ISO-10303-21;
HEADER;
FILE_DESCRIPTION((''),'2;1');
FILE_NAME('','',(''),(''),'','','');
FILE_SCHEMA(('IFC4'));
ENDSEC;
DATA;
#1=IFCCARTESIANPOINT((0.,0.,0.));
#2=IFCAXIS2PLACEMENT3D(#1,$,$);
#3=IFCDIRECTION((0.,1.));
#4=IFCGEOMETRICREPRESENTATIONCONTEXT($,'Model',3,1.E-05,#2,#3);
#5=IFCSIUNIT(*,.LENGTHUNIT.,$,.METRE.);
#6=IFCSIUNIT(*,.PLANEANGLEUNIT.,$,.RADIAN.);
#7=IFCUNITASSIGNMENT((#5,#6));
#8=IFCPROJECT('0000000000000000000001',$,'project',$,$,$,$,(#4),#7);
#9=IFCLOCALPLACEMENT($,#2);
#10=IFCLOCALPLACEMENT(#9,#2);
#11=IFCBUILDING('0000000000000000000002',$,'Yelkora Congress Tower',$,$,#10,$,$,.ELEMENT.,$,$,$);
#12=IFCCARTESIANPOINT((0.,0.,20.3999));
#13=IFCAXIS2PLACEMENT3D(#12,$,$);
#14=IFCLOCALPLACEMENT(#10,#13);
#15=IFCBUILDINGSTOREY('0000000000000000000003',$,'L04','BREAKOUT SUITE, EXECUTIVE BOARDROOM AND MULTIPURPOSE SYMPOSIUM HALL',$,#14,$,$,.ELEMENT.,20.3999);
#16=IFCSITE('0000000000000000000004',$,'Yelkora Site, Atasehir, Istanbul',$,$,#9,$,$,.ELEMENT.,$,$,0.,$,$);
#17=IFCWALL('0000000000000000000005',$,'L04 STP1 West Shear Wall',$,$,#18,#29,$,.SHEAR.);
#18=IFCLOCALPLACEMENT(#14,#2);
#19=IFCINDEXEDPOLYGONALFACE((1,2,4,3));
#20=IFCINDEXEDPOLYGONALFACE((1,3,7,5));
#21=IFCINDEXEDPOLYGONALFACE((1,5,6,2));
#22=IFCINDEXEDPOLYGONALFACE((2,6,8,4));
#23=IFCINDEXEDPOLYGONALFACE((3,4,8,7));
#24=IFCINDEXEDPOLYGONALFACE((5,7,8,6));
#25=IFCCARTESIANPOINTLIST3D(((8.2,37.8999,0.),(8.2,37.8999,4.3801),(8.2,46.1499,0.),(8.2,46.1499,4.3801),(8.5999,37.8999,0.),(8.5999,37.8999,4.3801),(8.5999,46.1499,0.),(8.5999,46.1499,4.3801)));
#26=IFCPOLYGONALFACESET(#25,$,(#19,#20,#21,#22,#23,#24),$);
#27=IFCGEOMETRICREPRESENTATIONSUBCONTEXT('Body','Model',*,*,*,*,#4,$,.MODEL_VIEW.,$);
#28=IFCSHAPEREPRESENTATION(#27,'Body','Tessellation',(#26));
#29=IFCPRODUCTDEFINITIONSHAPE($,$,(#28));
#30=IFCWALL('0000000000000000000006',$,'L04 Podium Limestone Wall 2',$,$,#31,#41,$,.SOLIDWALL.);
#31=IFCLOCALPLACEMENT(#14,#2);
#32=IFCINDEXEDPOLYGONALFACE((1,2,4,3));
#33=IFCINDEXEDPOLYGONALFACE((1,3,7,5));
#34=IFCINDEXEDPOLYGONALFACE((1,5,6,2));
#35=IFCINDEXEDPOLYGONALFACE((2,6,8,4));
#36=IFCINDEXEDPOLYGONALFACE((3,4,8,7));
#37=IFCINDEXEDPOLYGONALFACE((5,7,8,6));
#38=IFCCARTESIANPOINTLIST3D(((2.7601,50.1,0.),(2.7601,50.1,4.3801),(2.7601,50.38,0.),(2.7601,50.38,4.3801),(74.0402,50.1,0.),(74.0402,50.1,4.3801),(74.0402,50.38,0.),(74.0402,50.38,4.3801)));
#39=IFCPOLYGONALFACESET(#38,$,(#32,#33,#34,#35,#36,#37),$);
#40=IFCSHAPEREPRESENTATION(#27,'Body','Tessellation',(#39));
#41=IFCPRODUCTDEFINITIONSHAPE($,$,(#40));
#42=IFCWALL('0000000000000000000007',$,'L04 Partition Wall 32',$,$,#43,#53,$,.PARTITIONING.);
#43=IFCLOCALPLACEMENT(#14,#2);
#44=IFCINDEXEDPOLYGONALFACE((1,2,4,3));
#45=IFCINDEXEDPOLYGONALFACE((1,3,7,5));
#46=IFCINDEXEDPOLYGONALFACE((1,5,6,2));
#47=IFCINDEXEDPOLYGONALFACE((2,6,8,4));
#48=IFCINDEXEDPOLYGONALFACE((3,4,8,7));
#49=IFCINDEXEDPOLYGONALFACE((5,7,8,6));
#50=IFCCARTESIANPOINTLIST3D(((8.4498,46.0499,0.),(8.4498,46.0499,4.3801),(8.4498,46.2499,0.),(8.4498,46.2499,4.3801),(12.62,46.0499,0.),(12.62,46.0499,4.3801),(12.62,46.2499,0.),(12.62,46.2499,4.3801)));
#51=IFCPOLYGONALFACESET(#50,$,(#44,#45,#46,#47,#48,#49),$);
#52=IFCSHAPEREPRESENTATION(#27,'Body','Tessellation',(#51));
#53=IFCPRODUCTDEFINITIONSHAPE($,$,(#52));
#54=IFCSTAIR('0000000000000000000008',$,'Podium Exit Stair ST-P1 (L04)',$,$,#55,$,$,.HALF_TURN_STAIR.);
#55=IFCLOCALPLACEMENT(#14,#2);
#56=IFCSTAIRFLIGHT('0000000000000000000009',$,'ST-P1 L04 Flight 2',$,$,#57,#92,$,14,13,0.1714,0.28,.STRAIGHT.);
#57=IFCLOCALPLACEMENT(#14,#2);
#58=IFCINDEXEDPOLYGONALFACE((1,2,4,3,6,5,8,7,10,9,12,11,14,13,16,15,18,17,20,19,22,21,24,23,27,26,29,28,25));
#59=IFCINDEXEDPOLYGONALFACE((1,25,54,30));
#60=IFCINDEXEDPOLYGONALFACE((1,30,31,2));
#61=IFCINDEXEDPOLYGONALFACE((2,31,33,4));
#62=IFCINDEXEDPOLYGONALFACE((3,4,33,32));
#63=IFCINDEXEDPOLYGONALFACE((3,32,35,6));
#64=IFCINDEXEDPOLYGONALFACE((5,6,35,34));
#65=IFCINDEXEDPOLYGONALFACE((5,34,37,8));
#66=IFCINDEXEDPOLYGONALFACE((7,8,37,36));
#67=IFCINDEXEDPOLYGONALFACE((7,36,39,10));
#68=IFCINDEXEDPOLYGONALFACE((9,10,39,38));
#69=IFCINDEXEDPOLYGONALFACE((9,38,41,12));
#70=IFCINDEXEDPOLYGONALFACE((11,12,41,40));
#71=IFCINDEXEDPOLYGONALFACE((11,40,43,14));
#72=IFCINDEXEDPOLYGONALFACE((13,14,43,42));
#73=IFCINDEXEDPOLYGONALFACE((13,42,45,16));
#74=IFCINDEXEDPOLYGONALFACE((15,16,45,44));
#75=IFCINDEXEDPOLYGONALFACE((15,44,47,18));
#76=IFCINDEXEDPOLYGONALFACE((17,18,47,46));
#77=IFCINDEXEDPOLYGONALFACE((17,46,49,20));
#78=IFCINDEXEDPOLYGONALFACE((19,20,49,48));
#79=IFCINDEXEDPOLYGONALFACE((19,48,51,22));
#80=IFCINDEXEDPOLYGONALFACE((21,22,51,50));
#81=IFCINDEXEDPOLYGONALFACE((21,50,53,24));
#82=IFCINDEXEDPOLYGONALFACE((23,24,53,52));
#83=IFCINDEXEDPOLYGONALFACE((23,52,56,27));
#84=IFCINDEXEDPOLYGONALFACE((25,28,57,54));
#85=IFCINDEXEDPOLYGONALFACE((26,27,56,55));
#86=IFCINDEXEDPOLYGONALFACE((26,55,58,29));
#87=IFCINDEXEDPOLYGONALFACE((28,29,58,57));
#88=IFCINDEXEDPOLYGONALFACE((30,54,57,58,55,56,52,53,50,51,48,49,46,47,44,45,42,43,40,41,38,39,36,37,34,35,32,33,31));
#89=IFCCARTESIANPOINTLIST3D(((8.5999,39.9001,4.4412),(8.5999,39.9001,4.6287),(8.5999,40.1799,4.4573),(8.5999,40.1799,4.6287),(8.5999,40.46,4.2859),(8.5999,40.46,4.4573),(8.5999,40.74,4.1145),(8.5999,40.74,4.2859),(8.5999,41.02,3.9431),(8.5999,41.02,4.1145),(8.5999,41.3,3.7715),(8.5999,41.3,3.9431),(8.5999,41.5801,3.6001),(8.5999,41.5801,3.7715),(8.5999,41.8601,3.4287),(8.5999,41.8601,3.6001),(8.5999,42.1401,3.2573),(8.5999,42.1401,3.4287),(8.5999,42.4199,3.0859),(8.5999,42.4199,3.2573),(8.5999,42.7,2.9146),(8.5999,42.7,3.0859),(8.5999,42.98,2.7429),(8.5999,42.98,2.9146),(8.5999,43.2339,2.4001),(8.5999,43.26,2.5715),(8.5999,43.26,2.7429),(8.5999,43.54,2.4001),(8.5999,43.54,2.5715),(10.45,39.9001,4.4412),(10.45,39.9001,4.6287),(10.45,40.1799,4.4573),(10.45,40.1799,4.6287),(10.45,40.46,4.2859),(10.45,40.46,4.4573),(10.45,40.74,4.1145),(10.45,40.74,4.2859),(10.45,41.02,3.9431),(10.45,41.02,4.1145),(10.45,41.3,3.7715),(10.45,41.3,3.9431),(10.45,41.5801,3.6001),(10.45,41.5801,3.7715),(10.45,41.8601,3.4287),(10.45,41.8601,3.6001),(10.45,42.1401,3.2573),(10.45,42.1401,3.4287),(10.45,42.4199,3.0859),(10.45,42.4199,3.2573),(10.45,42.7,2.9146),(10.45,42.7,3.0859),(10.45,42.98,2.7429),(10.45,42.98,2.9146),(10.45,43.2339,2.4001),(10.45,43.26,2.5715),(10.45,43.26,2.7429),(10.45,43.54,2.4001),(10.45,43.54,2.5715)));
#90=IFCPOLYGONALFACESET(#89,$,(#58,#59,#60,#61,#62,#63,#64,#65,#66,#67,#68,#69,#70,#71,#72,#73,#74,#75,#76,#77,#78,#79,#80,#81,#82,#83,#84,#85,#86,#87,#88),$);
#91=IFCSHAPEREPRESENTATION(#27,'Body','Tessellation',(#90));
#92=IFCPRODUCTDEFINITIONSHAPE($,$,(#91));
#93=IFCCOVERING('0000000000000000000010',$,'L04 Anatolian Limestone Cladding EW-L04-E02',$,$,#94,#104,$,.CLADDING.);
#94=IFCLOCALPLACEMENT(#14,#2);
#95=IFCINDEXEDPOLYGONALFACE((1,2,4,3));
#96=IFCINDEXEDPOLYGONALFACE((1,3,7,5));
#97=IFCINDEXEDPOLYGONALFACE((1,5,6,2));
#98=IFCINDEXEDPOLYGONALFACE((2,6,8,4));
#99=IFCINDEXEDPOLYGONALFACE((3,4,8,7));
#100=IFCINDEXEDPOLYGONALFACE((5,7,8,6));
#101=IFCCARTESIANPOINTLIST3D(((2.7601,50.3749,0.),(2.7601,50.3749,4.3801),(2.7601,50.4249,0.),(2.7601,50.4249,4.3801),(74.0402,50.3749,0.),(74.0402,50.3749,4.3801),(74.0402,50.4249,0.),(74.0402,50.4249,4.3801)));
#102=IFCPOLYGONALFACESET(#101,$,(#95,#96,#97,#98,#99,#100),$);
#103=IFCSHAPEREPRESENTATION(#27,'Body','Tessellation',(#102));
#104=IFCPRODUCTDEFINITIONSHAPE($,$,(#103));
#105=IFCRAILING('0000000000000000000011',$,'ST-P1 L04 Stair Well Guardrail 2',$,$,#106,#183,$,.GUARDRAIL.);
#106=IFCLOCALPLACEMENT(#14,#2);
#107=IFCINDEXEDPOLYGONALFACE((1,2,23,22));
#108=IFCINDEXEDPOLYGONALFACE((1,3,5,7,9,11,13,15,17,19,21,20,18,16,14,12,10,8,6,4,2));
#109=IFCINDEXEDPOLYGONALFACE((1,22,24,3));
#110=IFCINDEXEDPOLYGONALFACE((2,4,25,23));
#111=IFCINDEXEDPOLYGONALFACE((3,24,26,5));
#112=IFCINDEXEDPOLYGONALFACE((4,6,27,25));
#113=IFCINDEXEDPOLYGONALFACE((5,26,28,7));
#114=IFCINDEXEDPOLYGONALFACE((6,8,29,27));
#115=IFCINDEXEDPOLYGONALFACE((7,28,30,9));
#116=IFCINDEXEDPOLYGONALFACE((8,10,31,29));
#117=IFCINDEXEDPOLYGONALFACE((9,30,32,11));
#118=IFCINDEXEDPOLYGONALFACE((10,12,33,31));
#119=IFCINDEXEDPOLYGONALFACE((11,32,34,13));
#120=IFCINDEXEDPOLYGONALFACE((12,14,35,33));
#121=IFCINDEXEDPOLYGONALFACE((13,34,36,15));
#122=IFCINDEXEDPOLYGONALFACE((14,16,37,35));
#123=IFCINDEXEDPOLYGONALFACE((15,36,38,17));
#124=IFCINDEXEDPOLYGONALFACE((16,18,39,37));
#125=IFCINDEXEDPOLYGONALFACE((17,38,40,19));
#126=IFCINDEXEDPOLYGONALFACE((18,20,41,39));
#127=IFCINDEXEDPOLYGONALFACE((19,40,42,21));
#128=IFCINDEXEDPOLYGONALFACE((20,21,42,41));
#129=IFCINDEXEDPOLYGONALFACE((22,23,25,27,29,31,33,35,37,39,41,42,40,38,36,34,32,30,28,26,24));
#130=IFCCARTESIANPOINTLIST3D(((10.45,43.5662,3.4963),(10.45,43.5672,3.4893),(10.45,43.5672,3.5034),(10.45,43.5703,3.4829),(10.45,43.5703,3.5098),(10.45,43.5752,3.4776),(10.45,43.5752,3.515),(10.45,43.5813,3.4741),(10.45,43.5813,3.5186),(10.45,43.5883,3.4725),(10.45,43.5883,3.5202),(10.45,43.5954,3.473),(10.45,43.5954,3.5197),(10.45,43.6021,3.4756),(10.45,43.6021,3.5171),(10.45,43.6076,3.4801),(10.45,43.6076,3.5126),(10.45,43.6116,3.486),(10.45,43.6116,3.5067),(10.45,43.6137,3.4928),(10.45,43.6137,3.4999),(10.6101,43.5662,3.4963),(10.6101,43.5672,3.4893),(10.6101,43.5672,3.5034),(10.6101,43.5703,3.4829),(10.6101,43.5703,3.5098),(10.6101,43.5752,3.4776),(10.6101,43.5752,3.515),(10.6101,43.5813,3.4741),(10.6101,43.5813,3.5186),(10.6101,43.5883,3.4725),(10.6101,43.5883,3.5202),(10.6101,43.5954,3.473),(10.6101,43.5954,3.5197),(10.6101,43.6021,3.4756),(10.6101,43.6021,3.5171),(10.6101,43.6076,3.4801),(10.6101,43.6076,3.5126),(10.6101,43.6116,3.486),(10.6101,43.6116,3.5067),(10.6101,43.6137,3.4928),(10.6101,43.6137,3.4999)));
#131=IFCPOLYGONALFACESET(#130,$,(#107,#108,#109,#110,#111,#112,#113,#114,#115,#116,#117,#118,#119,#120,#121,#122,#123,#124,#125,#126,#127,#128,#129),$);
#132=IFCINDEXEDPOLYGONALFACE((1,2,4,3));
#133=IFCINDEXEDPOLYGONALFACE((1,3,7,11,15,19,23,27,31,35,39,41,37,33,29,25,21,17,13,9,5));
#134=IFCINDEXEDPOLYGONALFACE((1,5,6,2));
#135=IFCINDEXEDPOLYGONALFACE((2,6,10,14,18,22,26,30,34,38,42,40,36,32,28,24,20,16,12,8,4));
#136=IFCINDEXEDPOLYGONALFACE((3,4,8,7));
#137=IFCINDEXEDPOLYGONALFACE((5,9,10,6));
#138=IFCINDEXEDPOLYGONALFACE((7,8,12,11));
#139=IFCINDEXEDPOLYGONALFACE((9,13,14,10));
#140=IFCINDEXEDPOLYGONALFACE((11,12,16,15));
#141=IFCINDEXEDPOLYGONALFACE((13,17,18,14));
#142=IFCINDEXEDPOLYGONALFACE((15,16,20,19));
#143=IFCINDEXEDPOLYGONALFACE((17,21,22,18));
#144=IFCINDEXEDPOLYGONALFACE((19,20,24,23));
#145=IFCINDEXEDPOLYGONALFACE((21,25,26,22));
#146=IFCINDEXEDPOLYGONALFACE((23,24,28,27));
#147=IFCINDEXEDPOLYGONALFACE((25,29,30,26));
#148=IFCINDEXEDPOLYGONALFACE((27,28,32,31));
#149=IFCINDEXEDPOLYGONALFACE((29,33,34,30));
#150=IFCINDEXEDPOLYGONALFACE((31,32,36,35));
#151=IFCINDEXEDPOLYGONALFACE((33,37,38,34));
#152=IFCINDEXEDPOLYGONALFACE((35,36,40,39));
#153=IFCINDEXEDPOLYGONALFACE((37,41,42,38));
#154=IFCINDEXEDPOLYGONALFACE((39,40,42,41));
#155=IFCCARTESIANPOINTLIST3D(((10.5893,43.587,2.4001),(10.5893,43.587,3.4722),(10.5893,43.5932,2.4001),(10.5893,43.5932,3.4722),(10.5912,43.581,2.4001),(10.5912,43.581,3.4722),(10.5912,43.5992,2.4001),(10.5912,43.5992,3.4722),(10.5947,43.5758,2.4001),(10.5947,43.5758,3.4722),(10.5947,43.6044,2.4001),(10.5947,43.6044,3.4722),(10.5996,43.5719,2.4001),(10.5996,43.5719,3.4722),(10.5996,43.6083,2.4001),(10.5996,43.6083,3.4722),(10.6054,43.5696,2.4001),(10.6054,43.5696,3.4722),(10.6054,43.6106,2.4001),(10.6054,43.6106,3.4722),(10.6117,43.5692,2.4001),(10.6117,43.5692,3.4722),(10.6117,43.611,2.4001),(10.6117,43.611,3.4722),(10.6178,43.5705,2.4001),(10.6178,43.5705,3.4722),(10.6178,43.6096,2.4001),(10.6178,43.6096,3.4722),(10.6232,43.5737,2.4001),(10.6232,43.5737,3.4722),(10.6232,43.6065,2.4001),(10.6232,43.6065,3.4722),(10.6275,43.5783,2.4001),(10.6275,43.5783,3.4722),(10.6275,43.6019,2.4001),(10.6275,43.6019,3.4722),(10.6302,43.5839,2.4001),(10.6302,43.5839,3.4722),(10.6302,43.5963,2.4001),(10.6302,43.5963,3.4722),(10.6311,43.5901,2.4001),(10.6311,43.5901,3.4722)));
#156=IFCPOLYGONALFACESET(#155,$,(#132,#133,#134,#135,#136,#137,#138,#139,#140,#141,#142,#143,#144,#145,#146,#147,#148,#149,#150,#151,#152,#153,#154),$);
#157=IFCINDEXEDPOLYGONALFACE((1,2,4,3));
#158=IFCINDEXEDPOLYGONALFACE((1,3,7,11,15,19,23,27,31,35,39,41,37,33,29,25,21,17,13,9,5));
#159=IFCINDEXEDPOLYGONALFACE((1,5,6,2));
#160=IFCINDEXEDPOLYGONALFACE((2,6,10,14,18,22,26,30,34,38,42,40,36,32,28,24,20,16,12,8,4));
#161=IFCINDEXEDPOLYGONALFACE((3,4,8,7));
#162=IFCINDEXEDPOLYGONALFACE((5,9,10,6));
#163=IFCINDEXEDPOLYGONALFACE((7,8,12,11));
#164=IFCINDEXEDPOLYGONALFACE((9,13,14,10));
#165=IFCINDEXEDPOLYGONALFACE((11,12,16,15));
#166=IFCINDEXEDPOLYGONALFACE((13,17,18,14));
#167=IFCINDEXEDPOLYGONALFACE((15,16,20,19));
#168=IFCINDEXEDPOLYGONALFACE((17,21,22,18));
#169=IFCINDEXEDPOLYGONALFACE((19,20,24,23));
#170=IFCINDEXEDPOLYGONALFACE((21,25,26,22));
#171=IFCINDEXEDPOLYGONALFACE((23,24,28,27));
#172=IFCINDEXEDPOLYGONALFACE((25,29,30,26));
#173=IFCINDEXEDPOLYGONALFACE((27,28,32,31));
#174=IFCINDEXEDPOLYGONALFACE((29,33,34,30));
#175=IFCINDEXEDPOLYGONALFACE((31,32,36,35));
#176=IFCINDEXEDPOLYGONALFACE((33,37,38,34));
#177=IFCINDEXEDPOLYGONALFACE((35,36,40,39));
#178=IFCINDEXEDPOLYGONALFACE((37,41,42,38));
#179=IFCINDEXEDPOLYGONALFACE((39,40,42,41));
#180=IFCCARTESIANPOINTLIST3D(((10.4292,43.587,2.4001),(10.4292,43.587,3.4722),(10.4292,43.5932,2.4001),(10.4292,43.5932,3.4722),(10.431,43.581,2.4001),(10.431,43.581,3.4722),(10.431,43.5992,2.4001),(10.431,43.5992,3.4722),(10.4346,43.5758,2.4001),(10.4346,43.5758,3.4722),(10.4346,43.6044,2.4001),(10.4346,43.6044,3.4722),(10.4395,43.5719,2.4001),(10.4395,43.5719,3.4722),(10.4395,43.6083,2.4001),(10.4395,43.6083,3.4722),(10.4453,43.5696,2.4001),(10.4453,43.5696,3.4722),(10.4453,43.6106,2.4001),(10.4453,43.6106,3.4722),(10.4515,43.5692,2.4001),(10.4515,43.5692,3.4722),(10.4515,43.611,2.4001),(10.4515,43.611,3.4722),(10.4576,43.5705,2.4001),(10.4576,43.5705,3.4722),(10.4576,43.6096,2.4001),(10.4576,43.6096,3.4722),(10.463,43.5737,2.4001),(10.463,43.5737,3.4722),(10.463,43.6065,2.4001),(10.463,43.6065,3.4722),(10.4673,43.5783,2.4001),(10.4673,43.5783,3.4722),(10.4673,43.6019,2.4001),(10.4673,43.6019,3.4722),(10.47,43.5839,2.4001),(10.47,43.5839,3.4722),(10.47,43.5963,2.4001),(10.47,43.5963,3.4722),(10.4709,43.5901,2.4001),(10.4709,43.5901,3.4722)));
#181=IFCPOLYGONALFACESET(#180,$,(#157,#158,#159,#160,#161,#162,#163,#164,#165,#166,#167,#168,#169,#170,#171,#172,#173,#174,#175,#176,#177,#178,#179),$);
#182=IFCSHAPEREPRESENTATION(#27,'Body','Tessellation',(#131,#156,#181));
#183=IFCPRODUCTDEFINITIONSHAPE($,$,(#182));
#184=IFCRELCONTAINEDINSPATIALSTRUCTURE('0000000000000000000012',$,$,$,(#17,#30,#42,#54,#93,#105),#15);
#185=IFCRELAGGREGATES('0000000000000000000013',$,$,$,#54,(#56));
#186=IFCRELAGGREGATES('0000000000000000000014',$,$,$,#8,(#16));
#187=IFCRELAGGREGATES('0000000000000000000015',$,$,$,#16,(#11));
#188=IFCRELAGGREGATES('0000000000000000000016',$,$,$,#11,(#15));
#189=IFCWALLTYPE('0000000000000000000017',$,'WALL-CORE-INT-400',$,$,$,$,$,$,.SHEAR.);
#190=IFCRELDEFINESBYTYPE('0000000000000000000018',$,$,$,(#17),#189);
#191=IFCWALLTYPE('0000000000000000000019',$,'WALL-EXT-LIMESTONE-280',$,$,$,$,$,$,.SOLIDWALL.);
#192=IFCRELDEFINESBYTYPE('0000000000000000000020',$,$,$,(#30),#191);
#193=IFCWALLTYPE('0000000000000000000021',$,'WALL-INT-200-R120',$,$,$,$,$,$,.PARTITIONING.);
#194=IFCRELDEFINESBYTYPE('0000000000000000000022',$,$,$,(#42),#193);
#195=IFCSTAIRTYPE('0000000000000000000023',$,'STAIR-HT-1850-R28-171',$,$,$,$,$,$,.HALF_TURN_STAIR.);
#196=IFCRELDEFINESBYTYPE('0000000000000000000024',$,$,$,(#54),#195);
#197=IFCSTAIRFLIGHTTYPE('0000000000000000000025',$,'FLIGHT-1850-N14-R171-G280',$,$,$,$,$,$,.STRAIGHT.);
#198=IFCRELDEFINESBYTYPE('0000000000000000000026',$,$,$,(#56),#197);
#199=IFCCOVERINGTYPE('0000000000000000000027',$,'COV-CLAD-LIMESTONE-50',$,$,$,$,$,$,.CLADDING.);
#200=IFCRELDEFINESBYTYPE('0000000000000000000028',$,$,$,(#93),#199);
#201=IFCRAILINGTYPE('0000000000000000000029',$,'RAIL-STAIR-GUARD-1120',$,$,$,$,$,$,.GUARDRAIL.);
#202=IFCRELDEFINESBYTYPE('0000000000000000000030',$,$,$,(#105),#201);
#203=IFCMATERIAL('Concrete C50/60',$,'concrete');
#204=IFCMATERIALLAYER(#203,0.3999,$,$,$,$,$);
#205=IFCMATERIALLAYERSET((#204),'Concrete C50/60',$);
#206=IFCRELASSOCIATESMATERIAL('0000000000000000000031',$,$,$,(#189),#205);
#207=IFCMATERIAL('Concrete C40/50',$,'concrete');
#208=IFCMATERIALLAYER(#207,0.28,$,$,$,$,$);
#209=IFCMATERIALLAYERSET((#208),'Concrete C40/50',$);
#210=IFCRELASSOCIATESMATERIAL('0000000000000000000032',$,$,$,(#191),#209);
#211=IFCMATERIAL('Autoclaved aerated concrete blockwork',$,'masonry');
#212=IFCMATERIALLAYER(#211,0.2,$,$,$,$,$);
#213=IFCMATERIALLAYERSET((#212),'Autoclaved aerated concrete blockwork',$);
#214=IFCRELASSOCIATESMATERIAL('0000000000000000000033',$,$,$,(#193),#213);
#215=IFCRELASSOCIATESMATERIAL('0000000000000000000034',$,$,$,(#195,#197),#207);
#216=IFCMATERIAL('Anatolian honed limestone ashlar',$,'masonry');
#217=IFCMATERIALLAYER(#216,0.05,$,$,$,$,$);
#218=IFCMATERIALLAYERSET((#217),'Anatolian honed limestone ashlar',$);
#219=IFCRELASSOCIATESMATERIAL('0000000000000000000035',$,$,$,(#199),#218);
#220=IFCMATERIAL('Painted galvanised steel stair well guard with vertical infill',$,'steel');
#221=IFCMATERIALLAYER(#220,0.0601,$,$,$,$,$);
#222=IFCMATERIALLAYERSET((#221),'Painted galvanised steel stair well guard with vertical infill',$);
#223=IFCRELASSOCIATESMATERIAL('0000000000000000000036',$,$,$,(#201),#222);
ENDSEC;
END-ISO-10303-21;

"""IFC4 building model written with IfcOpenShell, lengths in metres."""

from ifc_helpers import new_model, si_unit, direction, frame, frame_2d, origin, origin_2d, place, context, subcontext, project, spatial, polyline, rectangle, circle, outline, extrude, material, layer, layer_set, type_object, element, aggregate, save


model = new_model("IFC4")

# Units and contexts
model_context = context("Model", 3, precision=1e-05, world=origin(), true_north=direction((0.0, 1.0)))
body_context = subcontext(model_context, "Body", "Model", "MODEL_VIEW")
ifc_project = project(units=[si_unit("LENGTHUNIT", "METRE"), si_unit("PLANEANGLEUNIT", "RADIAN")], contexts=[model_context])

# Site, building, storey
site_placement = place(None, origin())
site = spatial("IfcSite", under=ifc_project, at=site_placement, Name="Yelkora Site, Atasehir, Istanbul", CompositionType="ELEMENT", RefElevation=0.0)
building_placement = place(site_placement, origin())
building = spatial("IfcBuilding", under=site, at=building_placement, Name="Yelkora Congress Tower", CompositionType="ELEMENT")
storey_placement = place(building_placement, frame((0.0, 0.0, 20.3999)))
storey = spatial("IfcBuildingStorey", under=building, at=storey_placement, Name="L04", Description="BREAKOUT SUITE, EXECUTIVE BOARDROOM AND MULTIPURPOSE SYMPOSIUM HALL", CompositionType="ELEMENT", Elevation=20.3999)

# Shared definitions
ifc_material_1 = material(Name="Concrete C50/60", Category="concrete")

# Walls
ifc_layer_1 = layer(ifc_material_1, 0.3999)
ifc_layer_set_1 = layer_set([ifc_layer_1], Name="Concrete C50/60")
wall_type_1 = type_object("IfcWallType", Name="WALL-CORE-INT-400", PredefinedType="SHEAR", material=ifc_layer_set_1)
wall_1_placement = place(storey_placement, frame((8.3999, 37.8999, 0.0), z_axis=(0.0, 0.0, 1.0), x_axis=(0.0, 1.0, 0.0)))
element("IfcWall", 1, at=wall_1_placement, inside=storey, type_object=wall_type_1, Name="L04 STP1 West Shear Wall", PredefinedType="SHEAR", context=body_context, shape_type="SweptSolid", body=[
    extrude(rectangle(XDim=8.25, YDim=0.3999, at=frame_2d((4.125, 0.0))), origin(), (0.0, 0.0, 1.0), 4.3801),
])
ifc_material_2 = material(Name="Concrete C40/50", Category="concrete")
ifc_layer_2 = layer(ifc_material_2, 0.28)
ifc_layer_set_2 = layer_set([ifc_layer_2], Name="Concrete C40/50")
wall_type_2 = type_object("IfcWallType", Name="WALL-EXT-LIMESTONE-280", PredefinedType="SOLIDWALL", material=ifc_layer_set_2)
wall_2_placement = place(storey_placement, frame((2.76, 50.24, 0.0), z_axis=(0.0, 0.0, 1.0), x_axis=(1.0, 0.0, 0.0)))
element("IfcWall", 2, at=wall_2_placement, inside=storey, type_object=wall_type_2, Name="L04 Podium Limestone Wall 2", PredefinedType="SOLIDWALL", context=body_context, shape_type="SweptSolid", body=[
    extrude(rectangle(XDim=71.28, YDim=0.28, at=frame_2d((35.6401, 0.0))), origin(), (0.0, 0.0, 1.0), 4.3801),
])

# Shared definitions
ifc_material_3 = material(Name="Autoclaved aerated concrete blockwork", Category="masonry")
ifc_layer_3 = layer(ifc_material_3, 0.2)
ifc_layer_set_3 = layer_set([ifc_layer_3], Name="Autoclaved aerated concrete blockwork")
wall_type_3 = type_object("IfcWallType", Name="WALL-INT-200-R120", PredefinedType="PARTITIONING", material=ifc_layer_set_3)

# Wall
wall_3_placement = place(storey_placement, frame((8.45, 46.1499, 0.0), z_axis=(0.0, 0.0, 1.0), x_axis=(1.0, 0.0, 0.0)))
element("IfcWall", 3, at=wall_3_placement, inside=storey, type_object=wall_type_3, Name="L04 Partition Wall 32", PredefinedType="PARTITIONING", context=body_context, shape_type="SweptSolid", body=[
    extrude(rectangle(XDim=4.1702, YDim=0.2, at=frame_2d((2.085, 0.0))), origin(), (0.0, 0.0, 1.0), 4.3801),
])

# Stair, stair flight
stair_type = type_object("IfcStairType", Name="STAIR-HT-1850-R28-171", PredefinedType="HALF_TURN_STAIR", material=ifc_material_2)
stair_placement = place(storey_placement, origin())
stair = element("IfcStair", 4, at=stair_placement, inside=storey, type_object=stair_type, Name="Podium Exit Stair ST-P1 (L04)", PredefinedType="HALF_TURN_STAIR")
stair_flight_type = type_object("IfcStairFlightType", Name="FLIGHT-1850-N14-R171-G280", PredefinedType="STRAIGHT", material=ifc_material_2)
stair_flight_placement = place(storey_placement, frame((9.5249, 43.54, 2.4001), z_axis=(0.0, 0.0, 1.0), x_axis=(0.0, -1.0, 0.0)))
stair_flight = element("IfcStairFlight", 5, at=stair_flight_placement, type_object=stair_flight_type, Name="ST-P1 L04 Flight 2", NumberOfRisers=14, NumberOfTreads=13, PredefinedType="STRAIGHT", RiserHeight=0.1714, TreadLength=0.28, context=body_context, shape_type="SweptSolid", body=[
    extrude(outline(polyline([(0.0, 0.0), (0.0, 0.1714), (0.28, 0.1714), (0.28, 0.3428), (0.5601, 0.3428), (0.5601, 0.5144), (0.8401, 0.5144), (0.8401, 0.6858), (1.1201, 0.6858), (1.1201, 0.8572), (1.3999, 0.8572), (1.3999, 1.0286), (1.6799, 1.0286), (1.6799, 1.2), (1.96, 1.2), (1.96, 1.3713), (2.24, 1.3713), (2.24, 1.543), (2.52, 1.543), (2.52, 1.7144), (2.8, 1.7144), (2.8, 1.8857), (3.0801, 1.8857), (3.0801, 2.0571), (3.3601, 2.0571), (3.3601, 2.2285), (3.6399, 2.2285), (3.6399, 2.3999), (3.6399, 2.041), (0.3062, 0.0), (0.0, 0.0)])), frame((0.0, 0.925, 0.0), z_axis=(0.0, -1.0, 0.0), x_axis=(1.0, 0.0, 0.0)), (0.0, 0.0, 1.0), 1.8501),
])
aggregate(stair, [stair_flight])

# Covering
ifc_material_4 = material(Name="Anatolian honed limestone ashlar", Category="masonry")
ifc_layer_4 = layer(ifc_material_4, 0.05)
ifc_layer_set_4 = layer_set([ifc_layer_4], Name="Anatolian honed limestone ashlar")
covering_type = type_object("IfcCoveringType", Name="COV-CLAD-LIMESTONE-50", PredefinedType="CLADDING", material=ifc_layer_set_4)
covering_placement = place(storey_placement, frame((2.76, 50.3999, 0.0), z_axis=(0.0, 0.0, 1.0), x_axis=(1.0, 0.0, 0.0)))
element("IfcCovering", 6, at=covering_placement, inside=storey, type_object=covering_type, Name="L04 Anatolian Limestone Cladding EW-L04-E02", PredefinedType="CLADDING", context=body_context, shape_type="SweptSolid", body=[
    extrude(rectangle(XDim=71.28, YDim=0.05, at=frame_2d((35.6401, 0.0))), origin(), (0.0, 0.0, 1.0), 4.3801),
])

# Railing
ifc_material_5 = material(Name="Painted galvanised steel stair well guard with vertical infill", Category="steel")
ifc_layer_5 = layer(ifc_material_5, 0.0601)
ifc_layer_set_5 = layer_set([ifc_layer_5], Name="Painted galvanised steel stair well guard with vertical infill")
railing_type_1 = type_object("IfcRailingType", Name="RAIL-STAIR-GUARD-1120", PredefinedType="GUARDRAIL", material=ifc_layer_set_5)
railing_1_placement = place(storey_placement, frame((10.6101, 43.5901, 2.4001)))
element("IfcRailing", 7, at=railing_1_placement, inside=storey, type_object=railing_type_1, Name="ST-P1 L04 Stair Well Guardrail 2", PredefinedType="GUARDRAIL", context=body_context, shape_type="SweptSolid", body=[
    extrude(circle(Radius=0.0239, at=origin_2d()), frame((0.0, 0.0, 1.0962), z_axis=(-1.0, 0.0, 0.0), x_axis=(0.0, -1.0, 0.0)), (0.0, 0.0, 1.0), 0.1602),
    extrude(circle(Radius=0.021, at=origin_2d()), origin(), (0.0, 0.0, 1.0), 1.072),
    extrude(circle(Radius=0.021, at=origin_2d()), frame((-0.1602, 0.0, 0.0)), (0.0, 0.0, 1.0), 1.072),
])

save(model, "model.ifc")
